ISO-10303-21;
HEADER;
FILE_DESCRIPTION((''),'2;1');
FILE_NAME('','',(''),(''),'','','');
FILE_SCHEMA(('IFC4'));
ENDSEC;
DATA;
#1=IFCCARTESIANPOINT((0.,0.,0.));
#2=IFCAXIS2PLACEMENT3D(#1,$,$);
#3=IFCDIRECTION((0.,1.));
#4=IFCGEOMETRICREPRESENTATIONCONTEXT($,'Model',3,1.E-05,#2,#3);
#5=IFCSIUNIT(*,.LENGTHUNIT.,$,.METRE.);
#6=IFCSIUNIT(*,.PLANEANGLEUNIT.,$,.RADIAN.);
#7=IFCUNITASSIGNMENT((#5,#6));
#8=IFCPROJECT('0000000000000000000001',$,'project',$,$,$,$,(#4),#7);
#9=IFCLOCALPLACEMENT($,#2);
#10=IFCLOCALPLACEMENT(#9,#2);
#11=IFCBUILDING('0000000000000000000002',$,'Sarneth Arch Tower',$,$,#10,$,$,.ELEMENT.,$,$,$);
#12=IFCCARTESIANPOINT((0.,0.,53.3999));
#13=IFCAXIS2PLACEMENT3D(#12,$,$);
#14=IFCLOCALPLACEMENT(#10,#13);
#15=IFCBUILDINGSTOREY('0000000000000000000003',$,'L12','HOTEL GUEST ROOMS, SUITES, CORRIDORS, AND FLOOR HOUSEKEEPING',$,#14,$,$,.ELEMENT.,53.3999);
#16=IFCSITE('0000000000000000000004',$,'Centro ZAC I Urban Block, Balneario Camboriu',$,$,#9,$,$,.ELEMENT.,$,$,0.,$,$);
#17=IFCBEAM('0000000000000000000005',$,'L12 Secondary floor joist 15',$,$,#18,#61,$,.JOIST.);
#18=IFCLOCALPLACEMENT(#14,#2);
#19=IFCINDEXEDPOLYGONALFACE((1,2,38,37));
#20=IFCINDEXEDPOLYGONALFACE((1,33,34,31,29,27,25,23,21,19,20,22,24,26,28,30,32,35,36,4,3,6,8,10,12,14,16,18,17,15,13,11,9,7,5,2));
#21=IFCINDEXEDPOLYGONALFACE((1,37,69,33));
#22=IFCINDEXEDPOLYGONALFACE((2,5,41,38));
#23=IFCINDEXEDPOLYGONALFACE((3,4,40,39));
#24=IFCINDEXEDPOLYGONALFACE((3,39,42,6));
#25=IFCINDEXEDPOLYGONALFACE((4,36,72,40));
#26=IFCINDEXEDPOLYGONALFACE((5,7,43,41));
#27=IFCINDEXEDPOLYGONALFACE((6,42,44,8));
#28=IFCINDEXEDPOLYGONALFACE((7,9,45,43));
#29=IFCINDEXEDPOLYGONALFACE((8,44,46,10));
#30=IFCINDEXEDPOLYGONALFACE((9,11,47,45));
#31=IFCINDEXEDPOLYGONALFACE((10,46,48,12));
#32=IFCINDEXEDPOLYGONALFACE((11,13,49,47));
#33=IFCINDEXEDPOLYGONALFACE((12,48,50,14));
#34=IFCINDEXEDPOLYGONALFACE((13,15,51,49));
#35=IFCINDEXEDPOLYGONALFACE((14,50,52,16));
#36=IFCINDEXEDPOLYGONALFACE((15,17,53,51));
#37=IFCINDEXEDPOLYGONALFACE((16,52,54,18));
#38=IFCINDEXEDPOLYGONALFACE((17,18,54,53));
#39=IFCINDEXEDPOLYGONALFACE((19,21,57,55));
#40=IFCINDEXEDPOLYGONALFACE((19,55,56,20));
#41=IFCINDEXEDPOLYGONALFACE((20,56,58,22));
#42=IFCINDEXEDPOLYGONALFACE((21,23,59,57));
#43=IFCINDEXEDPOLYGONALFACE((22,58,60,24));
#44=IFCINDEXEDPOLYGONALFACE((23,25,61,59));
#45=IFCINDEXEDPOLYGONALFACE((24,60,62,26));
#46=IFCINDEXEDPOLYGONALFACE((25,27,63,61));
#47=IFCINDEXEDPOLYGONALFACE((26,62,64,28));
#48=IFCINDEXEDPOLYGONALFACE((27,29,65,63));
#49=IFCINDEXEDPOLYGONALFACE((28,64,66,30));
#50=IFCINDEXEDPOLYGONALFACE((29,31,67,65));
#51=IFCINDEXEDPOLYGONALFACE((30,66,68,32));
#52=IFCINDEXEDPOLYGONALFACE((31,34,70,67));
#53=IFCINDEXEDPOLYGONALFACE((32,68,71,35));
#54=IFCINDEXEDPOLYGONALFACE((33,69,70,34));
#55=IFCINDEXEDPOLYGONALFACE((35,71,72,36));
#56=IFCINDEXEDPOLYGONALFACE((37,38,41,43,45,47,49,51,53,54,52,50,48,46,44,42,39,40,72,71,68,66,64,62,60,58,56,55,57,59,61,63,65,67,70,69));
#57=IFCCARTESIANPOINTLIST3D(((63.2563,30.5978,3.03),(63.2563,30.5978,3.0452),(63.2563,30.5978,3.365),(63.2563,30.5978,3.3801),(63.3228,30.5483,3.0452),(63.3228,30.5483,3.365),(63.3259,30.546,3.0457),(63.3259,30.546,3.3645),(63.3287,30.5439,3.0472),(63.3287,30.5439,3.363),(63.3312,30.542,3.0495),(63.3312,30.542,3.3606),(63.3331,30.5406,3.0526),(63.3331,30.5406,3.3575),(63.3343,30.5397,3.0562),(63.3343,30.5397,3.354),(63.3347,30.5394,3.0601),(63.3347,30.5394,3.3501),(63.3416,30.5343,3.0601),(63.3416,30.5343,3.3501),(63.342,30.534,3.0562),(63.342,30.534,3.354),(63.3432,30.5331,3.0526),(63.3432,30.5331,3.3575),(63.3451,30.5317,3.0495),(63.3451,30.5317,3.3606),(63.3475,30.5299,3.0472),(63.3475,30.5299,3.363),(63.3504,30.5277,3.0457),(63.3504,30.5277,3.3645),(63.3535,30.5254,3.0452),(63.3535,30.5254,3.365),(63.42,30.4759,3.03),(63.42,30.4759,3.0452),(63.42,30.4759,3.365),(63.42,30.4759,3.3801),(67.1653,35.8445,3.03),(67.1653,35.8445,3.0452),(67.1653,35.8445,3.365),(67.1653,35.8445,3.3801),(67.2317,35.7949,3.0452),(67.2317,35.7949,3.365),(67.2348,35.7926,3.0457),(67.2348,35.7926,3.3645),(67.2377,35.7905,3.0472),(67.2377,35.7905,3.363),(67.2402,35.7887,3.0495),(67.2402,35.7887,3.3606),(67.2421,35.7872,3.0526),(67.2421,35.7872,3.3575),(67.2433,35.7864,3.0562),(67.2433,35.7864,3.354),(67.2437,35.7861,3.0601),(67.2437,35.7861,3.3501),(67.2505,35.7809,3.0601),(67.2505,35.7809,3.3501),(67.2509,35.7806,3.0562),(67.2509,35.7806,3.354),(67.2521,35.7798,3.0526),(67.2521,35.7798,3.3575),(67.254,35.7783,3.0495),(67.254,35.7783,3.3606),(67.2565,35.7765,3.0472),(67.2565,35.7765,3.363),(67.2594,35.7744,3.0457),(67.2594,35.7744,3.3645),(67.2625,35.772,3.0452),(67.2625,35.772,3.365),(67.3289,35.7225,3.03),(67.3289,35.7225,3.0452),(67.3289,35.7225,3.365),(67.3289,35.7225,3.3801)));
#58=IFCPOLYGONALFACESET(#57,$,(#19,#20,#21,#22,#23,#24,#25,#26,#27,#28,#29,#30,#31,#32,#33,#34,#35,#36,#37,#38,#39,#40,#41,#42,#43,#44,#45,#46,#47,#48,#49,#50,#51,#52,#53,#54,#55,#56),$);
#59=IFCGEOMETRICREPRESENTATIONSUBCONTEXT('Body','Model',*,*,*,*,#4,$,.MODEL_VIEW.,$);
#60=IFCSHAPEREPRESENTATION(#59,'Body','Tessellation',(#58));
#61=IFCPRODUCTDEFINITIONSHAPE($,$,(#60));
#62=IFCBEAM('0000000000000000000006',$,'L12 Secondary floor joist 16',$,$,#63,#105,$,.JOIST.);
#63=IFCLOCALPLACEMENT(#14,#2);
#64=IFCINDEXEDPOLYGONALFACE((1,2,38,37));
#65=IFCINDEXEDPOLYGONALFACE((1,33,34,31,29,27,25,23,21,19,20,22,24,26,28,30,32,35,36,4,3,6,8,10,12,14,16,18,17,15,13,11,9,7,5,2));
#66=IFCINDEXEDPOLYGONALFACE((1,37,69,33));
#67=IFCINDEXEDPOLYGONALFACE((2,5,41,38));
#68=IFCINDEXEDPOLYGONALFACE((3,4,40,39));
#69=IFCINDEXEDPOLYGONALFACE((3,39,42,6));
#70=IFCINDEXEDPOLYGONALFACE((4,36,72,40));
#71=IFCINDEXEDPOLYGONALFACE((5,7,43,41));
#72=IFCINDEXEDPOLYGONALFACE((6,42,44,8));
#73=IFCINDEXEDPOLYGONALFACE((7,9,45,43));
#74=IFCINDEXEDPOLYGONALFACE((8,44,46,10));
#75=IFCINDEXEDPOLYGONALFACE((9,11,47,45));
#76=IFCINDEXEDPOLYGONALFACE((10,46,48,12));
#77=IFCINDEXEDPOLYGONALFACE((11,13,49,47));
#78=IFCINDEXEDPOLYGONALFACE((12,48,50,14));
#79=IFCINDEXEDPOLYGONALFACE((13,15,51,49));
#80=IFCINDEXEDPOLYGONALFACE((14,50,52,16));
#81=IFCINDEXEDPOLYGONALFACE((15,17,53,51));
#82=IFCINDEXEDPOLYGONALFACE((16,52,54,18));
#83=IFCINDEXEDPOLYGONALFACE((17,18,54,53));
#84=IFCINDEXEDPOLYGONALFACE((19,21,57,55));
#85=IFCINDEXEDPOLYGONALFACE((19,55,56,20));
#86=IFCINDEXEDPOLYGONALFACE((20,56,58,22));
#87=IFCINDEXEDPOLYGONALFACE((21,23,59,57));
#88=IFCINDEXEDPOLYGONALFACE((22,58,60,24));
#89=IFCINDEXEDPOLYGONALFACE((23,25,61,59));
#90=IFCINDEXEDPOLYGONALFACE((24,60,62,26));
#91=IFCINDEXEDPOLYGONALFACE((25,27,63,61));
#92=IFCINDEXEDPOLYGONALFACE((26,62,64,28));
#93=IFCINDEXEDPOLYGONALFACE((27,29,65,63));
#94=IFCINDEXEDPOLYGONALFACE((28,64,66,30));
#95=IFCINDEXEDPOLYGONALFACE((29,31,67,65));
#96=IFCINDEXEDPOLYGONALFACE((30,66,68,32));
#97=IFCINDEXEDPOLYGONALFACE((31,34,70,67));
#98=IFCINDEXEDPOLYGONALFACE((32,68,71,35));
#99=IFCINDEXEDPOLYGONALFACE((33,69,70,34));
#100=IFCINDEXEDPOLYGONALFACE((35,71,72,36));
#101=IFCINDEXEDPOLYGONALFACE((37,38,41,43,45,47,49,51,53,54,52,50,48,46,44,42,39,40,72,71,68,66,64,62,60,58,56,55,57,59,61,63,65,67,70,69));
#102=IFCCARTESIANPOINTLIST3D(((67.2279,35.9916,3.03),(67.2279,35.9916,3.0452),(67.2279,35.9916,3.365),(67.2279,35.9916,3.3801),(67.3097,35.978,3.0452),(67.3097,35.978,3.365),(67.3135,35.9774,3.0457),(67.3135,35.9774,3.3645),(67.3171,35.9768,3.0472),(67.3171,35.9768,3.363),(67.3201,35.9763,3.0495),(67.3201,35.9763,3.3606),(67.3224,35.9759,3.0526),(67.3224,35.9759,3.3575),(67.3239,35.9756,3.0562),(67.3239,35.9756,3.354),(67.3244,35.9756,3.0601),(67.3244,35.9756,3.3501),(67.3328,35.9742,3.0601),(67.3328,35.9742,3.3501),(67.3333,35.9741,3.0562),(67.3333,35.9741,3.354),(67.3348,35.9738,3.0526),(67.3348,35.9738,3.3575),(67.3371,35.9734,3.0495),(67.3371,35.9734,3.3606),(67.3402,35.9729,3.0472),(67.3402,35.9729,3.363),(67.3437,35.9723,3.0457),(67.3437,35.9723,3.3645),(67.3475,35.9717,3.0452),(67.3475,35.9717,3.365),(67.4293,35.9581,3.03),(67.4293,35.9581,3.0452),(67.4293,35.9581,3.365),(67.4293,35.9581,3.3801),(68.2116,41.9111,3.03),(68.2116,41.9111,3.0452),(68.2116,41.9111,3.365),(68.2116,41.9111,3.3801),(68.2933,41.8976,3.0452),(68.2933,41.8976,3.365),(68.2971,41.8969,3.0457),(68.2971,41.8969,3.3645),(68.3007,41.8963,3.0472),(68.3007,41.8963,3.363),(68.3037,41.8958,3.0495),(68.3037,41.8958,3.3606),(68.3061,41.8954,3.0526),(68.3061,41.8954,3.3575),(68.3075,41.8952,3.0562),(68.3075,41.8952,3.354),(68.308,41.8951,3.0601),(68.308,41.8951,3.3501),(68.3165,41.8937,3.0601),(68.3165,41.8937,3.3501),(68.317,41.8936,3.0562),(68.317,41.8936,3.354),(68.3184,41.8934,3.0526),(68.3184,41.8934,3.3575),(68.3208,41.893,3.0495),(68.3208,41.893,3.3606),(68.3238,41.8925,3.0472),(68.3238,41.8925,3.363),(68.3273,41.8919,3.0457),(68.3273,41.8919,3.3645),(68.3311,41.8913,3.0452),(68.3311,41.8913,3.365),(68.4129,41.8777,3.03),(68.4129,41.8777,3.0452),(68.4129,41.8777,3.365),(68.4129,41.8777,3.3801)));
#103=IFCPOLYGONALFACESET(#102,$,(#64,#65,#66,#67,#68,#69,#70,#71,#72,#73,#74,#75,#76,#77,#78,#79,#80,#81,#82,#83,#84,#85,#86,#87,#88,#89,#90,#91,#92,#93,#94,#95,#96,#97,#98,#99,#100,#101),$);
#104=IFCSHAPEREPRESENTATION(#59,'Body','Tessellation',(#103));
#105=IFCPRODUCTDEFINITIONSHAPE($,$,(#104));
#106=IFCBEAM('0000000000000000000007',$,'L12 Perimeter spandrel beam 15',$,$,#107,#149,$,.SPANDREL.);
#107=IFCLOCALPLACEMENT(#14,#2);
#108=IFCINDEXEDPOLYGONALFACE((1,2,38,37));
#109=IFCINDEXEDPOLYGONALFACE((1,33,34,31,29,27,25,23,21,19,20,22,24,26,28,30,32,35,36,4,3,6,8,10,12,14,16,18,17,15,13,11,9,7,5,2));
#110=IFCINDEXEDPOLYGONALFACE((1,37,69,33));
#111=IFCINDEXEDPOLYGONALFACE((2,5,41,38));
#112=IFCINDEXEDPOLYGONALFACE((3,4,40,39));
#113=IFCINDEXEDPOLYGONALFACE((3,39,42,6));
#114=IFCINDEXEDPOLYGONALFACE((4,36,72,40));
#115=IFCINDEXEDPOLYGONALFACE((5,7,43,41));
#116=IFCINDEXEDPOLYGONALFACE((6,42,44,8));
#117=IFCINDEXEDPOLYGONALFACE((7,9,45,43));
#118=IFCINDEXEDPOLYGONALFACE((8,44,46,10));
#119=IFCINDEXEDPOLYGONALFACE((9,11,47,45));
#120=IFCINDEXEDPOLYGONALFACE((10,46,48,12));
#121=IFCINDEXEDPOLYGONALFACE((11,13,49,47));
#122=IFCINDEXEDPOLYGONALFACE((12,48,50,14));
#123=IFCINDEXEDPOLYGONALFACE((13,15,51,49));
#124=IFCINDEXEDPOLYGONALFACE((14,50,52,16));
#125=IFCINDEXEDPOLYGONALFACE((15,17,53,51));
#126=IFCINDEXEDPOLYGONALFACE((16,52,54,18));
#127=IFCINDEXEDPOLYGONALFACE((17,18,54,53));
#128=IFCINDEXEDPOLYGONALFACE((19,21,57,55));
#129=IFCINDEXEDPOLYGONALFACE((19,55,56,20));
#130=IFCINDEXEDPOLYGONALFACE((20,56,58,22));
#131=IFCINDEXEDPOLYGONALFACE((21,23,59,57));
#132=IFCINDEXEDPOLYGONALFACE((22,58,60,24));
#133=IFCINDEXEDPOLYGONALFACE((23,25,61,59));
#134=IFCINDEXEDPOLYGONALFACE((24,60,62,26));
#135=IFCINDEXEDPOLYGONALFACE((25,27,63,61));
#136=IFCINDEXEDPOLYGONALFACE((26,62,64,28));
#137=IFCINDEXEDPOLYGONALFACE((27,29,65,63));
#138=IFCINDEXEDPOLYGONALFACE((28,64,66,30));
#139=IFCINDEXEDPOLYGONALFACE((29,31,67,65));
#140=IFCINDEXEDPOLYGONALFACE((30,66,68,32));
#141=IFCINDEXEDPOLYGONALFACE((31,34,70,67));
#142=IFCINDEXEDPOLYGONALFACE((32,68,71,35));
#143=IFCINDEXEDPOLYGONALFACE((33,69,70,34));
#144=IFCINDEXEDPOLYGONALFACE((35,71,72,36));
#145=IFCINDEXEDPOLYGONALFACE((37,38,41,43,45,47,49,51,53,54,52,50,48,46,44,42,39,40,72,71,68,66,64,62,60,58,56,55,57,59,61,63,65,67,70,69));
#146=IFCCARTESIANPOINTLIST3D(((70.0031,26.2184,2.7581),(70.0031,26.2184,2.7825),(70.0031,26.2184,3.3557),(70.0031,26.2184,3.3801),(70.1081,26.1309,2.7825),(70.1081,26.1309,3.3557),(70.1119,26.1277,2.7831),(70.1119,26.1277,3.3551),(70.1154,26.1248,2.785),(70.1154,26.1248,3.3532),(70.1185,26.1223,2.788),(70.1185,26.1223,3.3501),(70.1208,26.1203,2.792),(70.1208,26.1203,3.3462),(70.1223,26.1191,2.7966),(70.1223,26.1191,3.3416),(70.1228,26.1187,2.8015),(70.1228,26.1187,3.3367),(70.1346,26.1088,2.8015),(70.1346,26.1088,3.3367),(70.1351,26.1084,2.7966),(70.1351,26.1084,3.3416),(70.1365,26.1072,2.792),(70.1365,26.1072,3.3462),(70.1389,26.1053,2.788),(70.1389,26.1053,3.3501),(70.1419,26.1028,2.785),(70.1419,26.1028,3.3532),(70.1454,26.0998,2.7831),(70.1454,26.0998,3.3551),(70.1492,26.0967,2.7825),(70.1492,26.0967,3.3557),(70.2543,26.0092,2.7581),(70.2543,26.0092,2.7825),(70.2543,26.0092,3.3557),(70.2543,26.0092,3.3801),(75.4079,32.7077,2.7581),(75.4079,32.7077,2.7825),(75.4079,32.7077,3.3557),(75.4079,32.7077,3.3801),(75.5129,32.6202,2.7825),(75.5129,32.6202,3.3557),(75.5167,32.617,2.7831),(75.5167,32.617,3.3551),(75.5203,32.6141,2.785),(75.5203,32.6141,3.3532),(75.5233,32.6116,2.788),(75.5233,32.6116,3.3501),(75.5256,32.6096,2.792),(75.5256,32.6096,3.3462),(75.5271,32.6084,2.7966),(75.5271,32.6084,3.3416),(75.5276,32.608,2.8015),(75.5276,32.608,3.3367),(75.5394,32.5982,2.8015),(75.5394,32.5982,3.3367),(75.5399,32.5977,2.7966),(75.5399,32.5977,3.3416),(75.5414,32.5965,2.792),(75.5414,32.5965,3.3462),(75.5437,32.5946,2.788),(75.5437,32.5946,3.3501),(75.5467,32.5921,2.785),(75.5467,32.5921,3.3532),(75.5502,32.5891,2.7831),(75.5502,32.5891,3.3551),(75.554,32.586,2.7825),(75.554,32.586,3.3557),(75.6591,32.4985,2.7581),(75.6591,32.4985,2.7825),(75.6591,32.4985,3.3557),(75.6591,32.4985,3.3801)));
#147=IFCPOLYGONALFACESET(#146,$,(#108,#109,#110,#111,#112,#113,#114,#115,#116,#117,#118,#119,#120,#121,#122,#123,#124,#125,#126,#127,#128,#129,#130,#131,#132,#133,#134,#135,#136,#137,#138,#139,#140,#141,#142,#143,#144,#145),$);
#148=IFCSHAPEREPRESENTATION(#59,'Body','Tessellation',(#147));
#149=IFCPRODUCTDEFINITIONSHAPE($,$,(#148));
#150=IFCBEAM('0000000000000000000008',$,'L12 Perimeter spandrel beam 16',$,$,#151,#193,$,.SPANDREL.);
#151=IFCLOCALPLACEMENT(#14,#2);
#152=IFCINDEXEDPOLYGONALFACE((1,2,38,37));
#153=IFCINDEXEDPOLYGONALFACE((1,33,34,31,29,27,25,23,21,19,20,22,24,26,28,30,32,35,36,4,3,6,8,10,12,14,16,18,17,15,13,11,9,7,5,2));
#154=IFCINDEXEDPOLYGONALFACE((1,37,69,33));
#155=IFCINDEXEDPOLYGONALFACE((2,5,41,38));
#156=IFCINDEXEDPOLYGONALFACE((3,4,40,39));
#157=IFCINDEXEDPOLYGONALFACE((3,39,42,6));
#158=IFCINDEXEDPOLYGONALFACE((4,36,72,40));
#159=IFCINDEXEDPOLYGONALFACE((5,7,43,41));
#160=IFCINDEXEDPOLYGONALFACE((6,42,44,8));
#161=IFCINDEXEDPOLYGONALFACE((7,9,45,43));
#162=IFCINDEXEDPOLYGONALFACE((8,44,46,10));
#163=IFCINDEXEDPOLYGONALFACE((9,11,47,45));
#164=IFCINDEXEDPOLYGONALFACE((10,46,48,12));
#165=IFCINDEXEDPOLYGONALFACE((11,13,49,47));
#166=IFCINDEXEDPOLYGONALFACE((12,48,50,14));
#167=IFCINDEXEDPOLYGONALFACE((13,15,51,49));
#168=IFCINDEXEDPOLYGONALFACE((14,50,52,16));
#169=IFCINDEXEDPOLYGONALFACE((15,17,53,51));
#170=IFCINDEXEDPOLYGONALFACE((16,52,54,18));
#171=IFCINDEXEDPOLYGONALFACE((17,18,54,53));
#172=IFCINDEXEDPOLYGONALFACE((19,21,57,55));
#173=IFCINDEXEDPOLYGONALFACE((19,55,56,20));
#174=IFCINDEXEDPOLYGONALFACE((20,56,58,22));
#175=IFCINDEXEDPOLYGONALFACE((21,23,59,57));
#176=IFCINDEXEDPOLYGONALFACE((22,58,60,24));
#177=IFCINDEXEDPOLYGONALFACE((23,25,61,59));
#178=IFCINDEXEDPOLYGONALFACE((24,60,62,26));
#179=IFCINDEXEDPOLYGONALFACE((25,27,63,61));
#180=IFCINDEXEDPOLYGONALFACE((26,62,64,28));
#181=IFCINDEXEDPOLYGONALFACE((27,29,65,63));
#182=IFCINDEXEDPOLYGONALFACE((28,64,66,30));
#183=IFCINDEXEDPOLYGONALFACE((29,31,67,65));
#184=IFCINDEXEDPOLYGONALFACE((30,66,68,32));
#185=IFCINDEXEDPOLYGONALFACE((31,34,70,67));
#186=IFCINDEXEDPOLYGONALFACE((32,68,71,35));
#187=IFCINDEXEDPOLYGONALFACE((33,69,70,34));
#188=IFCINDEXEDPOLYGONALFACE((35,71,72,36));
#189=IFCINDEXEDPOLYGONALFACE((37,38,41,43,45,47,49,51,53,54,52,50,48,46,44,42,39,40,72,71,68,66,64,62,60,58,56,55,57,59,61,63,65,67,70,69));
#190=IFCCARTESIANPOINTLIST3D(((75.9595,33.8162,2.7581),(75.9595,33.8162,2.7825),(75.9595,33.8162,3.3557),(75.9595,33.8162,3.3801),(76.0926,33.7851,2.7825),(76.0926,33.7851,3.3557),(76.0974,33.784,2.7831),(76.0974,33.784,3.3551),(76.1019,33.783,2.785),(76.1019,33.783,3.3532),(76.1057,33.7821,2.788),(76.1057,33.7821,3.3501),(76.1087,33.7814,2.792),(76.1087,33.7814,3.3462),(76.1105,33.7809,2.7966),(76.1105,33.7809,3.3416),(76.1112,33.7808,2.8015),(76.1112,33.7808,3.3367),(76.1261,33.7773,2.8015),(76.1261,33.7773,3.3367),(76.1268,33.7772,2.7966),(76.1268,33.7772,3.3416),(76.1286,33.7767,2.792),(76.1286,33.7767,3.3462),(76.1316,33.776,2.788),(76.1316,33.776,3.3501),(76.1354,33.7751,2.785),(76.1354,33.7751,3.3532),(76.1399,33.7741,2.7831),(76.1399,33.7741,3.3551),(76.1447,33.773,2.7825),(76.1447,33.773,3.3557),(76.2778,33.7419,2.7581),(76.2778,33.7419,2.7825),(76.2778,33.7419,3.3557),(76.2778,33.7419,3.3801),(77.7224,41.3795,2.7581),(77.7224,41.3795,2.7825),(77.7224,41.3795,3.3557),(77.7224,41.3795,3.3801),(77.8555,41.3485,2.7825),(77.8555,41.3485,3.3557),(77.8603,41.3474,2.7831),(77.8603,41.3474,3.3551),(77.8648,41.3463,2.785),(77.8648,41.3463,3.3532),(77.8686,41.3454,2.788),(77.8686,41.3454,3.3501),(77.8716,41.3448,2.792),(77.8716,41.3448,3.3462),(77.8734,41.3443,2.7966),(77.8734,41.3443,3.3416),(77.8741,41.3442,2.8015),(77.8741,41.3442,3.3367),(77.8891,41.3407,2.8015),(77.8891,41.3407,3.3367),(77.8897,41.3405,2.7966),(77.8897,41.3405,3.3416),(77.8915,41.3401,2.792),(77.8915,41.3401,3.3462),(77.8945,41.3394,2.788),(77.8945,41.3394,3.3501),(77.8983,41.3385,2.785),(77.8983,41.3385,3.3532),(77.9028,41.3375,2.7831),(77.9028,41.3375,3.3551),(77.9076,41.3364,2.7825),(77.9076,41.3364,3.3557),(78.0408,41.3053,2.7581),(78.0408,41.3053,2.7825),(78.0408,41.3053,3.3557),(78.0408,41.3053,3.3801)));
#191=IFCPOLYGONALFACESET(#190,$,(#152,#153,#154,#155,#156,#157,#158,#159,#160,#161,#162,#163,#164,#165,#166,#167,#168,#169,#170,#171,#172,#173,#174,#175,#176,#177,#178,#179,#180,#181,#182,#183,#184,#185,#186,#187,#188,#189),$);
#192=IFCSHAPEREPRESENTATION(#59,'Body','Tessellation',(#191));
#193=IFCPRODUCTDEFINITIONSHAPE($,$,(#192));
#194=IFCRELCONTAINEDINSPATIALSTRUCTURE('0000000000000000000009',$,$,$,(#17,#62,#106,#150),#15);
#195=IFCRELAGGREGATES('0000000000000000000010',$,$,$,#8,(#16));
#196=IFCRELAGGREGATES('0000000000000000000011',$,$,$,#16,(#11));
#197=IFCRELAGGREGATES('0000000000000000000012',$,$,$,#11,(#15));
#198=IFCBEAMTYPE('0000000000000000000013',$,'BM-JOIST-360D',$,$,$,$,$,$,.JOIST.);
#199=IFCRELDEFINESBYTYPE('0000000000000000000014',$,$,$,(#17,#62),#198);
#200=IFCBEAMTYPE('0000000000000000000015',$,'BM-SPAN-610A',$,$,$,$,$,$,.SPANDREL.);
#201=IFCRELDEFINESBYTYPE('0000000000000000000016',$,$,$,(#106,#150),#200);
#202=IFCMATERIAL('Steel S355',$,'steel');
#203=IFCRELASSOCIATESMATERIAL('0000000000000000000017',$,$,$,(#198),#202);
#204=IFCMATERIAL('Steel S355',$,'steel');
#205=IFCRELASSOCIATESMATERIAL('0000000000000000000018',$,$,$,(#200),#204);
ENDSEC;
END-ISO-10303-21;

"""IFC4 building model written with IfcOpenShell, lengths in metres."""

from ifc_helpers import new_model, si_unit, direction, frame, origin, origin_2d, place, context, subcontext, project, spatial, i_section, extrude, material, material_profile, profile_set, type_object, element, save


model = new_model("IFC4")

# Units and contexts
model_context = context("Model", 3, precision=1e-05, world=origin(), true_north=direction((0.0, 1.0)))
body_context = subcontext(model_context, "Body", "Model", "MODEL_VIEW")
ifc_project = project(units=[si_unit("LENGTHUNIT", "METRE"), si_unit("PLANEANGLEUNIT", "RADIAN")], contexts=[model_context])

# Site, building, storey
site_placement = place(None, origin())
site = spatial("IfcSite", under=ifc_project, at=site_placement, Name="Centro ZAC I Urban Block, Balneario Camboriu", CompositionType="ELEMENT", RefElevation=0.0)
building_placement = place(site_placement, origin())
building = spatial("IfcBuilding", under=site, at=building_placement, Name="Sarneth Arch Tower", CompositionType="ELEMENT")
storey_placement = place(building_placement, frame((0.0, 0.0, 53.3999)))
storey = spatial("IfcBuildingStorey", under=building, at=storey_placement, Name="L12", Description="HOTEL GUEST ROOMS, SUITES, CORRIDORS, AND FLOOR HOUSEKEEPING", CompositionType="ELEMENT", Elevation=53.3999)

# Beams
ifc_material_1 = material(Name="Steel S355", Category="steel")
ifc_material_profile_1 = material_profile(ifc_material_1, i_section(OverallWidth=0.2041, OverallDepth=0.3501, WebThickness=0.0085, FlangeThickness=0.0151, FilletRadius=0.0149, at=origin_2d()), Name="W360x72")
ifc_profile_set_1 = profile_set([ifc_material_profile_1], Name="Steel S355")
beam_type_1 = type_object("IfcBeamType", Name="BM-JOIST-360D", PredefinedType="JOIST", material=ifc_profile_set_1)
beam_1_placement = place(storey_placement, frame((63.3381, 30.5369, 3.2051), z_axis=(0.597454, 0.801904, 0.0), x_axis=(-0.801904, 0.597454, 0.0)))
element("IfcBeam", 1, at=beam_1_placement, inside=storey, type_object=beam_type_1, Name="L12 Secondary floor joist 15", PredefinedType="JOIST", context=body_context, shape_type="SweptSolid", body=[
    extrude(i_section(OverallWidth=0.2041, OverallDepth=0.3501, WebThickness=0.0085, FlangeThickness=0.0151, FilletRadius=0.0149, at=origin_2d()), origin(), (0.0, 0.0, 1.0), 6.5427),
])
beam_2_placement = place(storey_placement, frame((67.3286, 35.9749, 3.2051), z_axis=(0.163917, 0.986474, 0.0), x_axis=(-0.986474, 0.163917, 0.0)))
element("IfcBeam", 2, at=beam_2_placement, inside=storey, type_object=beam_type_1, Name="L12 Secondary floor joist 16", PredefinedType="JOIST", context=body_context, shape_type="SweptSolid", body=[
    extrude(i_section(OverallWidth=0.2041, OverallDepth=0.3501, WebThickness=0.0085, FlangeThickness=0.0151, FilletRadius=0.0149, at=origin_2d()), origin(), (0.0, 0.0, 1.0), 6.0007),
])
ifc_material_2 = material(Name="Steel S355", Category="steel")
ifc_material_profile_2 = material_profile(ifc_material_2, i_section(OverallWidth=0.3269, OverallDepth=0.6221, WebThickness=0.0154, FlangeThickness=0.0244, FilletRadius=0.019, at=origin_2d()), Name="W610x195")
ifc_profile_set_2 = profile_set([ifc_material_profile_2], Name="Steel S355")
beam_type_2 = type_object("IfcBeamType", Name="BM-SPAN-610A", PredefinedType="SPANDREL", material=ifc_profile_set_2)
beam_3_placement = place(storey_placement, frame((70.1287, 26.1138, 3.0691), z_axis=(0.63998, 0.768392, 0.0), x_axis=(-0.768392, 0.63998, 0.0)))
element("IfcBeam", 3, at=beam_3_placement, inside=storey, type_object=beam_type_2, Name="L12 Perimeter spandrel beam 15", PredefinedType="SPANDREL", context=body_context, shape_type="SweptSolid", body=[
    extrude(i_section(OverallWidth=0.3269, OverallDepth=0.6221, WebThickness=0.0154, FlangeThickness=0.0244, FilletRadius=0.019, at=origin_2d()), origin(), (0.0, 0.0, 1.0), 8.4453),
])
beam_4_placement = place(storey_placement, frame((76.1187, 33.7791, 3.0691), z_axis=(0.227001, 0.973895, 0.0), x_axis=(-0.973895, 0.227001, 0.0)))
element("IfcBeam", 4, at=beam_4_placement, inside=storey, type_object=beam_type_2, Name="L12 Perimeter spandrel beam 16", PredefinedType="SPANDREL", context=body_context, shape_type="SweptSolid", body=[
    extrude(i_section(OverallWidth=0.3269, OverallDepth=0.6221, WebThickness=0.0154, FlangeThickness=0.0244, FilletRadius=0.019, at=origin_2d()), origin(), (0.0, 0.0, 1.0), 7.7661),
])

save(model, "model.ifc")
